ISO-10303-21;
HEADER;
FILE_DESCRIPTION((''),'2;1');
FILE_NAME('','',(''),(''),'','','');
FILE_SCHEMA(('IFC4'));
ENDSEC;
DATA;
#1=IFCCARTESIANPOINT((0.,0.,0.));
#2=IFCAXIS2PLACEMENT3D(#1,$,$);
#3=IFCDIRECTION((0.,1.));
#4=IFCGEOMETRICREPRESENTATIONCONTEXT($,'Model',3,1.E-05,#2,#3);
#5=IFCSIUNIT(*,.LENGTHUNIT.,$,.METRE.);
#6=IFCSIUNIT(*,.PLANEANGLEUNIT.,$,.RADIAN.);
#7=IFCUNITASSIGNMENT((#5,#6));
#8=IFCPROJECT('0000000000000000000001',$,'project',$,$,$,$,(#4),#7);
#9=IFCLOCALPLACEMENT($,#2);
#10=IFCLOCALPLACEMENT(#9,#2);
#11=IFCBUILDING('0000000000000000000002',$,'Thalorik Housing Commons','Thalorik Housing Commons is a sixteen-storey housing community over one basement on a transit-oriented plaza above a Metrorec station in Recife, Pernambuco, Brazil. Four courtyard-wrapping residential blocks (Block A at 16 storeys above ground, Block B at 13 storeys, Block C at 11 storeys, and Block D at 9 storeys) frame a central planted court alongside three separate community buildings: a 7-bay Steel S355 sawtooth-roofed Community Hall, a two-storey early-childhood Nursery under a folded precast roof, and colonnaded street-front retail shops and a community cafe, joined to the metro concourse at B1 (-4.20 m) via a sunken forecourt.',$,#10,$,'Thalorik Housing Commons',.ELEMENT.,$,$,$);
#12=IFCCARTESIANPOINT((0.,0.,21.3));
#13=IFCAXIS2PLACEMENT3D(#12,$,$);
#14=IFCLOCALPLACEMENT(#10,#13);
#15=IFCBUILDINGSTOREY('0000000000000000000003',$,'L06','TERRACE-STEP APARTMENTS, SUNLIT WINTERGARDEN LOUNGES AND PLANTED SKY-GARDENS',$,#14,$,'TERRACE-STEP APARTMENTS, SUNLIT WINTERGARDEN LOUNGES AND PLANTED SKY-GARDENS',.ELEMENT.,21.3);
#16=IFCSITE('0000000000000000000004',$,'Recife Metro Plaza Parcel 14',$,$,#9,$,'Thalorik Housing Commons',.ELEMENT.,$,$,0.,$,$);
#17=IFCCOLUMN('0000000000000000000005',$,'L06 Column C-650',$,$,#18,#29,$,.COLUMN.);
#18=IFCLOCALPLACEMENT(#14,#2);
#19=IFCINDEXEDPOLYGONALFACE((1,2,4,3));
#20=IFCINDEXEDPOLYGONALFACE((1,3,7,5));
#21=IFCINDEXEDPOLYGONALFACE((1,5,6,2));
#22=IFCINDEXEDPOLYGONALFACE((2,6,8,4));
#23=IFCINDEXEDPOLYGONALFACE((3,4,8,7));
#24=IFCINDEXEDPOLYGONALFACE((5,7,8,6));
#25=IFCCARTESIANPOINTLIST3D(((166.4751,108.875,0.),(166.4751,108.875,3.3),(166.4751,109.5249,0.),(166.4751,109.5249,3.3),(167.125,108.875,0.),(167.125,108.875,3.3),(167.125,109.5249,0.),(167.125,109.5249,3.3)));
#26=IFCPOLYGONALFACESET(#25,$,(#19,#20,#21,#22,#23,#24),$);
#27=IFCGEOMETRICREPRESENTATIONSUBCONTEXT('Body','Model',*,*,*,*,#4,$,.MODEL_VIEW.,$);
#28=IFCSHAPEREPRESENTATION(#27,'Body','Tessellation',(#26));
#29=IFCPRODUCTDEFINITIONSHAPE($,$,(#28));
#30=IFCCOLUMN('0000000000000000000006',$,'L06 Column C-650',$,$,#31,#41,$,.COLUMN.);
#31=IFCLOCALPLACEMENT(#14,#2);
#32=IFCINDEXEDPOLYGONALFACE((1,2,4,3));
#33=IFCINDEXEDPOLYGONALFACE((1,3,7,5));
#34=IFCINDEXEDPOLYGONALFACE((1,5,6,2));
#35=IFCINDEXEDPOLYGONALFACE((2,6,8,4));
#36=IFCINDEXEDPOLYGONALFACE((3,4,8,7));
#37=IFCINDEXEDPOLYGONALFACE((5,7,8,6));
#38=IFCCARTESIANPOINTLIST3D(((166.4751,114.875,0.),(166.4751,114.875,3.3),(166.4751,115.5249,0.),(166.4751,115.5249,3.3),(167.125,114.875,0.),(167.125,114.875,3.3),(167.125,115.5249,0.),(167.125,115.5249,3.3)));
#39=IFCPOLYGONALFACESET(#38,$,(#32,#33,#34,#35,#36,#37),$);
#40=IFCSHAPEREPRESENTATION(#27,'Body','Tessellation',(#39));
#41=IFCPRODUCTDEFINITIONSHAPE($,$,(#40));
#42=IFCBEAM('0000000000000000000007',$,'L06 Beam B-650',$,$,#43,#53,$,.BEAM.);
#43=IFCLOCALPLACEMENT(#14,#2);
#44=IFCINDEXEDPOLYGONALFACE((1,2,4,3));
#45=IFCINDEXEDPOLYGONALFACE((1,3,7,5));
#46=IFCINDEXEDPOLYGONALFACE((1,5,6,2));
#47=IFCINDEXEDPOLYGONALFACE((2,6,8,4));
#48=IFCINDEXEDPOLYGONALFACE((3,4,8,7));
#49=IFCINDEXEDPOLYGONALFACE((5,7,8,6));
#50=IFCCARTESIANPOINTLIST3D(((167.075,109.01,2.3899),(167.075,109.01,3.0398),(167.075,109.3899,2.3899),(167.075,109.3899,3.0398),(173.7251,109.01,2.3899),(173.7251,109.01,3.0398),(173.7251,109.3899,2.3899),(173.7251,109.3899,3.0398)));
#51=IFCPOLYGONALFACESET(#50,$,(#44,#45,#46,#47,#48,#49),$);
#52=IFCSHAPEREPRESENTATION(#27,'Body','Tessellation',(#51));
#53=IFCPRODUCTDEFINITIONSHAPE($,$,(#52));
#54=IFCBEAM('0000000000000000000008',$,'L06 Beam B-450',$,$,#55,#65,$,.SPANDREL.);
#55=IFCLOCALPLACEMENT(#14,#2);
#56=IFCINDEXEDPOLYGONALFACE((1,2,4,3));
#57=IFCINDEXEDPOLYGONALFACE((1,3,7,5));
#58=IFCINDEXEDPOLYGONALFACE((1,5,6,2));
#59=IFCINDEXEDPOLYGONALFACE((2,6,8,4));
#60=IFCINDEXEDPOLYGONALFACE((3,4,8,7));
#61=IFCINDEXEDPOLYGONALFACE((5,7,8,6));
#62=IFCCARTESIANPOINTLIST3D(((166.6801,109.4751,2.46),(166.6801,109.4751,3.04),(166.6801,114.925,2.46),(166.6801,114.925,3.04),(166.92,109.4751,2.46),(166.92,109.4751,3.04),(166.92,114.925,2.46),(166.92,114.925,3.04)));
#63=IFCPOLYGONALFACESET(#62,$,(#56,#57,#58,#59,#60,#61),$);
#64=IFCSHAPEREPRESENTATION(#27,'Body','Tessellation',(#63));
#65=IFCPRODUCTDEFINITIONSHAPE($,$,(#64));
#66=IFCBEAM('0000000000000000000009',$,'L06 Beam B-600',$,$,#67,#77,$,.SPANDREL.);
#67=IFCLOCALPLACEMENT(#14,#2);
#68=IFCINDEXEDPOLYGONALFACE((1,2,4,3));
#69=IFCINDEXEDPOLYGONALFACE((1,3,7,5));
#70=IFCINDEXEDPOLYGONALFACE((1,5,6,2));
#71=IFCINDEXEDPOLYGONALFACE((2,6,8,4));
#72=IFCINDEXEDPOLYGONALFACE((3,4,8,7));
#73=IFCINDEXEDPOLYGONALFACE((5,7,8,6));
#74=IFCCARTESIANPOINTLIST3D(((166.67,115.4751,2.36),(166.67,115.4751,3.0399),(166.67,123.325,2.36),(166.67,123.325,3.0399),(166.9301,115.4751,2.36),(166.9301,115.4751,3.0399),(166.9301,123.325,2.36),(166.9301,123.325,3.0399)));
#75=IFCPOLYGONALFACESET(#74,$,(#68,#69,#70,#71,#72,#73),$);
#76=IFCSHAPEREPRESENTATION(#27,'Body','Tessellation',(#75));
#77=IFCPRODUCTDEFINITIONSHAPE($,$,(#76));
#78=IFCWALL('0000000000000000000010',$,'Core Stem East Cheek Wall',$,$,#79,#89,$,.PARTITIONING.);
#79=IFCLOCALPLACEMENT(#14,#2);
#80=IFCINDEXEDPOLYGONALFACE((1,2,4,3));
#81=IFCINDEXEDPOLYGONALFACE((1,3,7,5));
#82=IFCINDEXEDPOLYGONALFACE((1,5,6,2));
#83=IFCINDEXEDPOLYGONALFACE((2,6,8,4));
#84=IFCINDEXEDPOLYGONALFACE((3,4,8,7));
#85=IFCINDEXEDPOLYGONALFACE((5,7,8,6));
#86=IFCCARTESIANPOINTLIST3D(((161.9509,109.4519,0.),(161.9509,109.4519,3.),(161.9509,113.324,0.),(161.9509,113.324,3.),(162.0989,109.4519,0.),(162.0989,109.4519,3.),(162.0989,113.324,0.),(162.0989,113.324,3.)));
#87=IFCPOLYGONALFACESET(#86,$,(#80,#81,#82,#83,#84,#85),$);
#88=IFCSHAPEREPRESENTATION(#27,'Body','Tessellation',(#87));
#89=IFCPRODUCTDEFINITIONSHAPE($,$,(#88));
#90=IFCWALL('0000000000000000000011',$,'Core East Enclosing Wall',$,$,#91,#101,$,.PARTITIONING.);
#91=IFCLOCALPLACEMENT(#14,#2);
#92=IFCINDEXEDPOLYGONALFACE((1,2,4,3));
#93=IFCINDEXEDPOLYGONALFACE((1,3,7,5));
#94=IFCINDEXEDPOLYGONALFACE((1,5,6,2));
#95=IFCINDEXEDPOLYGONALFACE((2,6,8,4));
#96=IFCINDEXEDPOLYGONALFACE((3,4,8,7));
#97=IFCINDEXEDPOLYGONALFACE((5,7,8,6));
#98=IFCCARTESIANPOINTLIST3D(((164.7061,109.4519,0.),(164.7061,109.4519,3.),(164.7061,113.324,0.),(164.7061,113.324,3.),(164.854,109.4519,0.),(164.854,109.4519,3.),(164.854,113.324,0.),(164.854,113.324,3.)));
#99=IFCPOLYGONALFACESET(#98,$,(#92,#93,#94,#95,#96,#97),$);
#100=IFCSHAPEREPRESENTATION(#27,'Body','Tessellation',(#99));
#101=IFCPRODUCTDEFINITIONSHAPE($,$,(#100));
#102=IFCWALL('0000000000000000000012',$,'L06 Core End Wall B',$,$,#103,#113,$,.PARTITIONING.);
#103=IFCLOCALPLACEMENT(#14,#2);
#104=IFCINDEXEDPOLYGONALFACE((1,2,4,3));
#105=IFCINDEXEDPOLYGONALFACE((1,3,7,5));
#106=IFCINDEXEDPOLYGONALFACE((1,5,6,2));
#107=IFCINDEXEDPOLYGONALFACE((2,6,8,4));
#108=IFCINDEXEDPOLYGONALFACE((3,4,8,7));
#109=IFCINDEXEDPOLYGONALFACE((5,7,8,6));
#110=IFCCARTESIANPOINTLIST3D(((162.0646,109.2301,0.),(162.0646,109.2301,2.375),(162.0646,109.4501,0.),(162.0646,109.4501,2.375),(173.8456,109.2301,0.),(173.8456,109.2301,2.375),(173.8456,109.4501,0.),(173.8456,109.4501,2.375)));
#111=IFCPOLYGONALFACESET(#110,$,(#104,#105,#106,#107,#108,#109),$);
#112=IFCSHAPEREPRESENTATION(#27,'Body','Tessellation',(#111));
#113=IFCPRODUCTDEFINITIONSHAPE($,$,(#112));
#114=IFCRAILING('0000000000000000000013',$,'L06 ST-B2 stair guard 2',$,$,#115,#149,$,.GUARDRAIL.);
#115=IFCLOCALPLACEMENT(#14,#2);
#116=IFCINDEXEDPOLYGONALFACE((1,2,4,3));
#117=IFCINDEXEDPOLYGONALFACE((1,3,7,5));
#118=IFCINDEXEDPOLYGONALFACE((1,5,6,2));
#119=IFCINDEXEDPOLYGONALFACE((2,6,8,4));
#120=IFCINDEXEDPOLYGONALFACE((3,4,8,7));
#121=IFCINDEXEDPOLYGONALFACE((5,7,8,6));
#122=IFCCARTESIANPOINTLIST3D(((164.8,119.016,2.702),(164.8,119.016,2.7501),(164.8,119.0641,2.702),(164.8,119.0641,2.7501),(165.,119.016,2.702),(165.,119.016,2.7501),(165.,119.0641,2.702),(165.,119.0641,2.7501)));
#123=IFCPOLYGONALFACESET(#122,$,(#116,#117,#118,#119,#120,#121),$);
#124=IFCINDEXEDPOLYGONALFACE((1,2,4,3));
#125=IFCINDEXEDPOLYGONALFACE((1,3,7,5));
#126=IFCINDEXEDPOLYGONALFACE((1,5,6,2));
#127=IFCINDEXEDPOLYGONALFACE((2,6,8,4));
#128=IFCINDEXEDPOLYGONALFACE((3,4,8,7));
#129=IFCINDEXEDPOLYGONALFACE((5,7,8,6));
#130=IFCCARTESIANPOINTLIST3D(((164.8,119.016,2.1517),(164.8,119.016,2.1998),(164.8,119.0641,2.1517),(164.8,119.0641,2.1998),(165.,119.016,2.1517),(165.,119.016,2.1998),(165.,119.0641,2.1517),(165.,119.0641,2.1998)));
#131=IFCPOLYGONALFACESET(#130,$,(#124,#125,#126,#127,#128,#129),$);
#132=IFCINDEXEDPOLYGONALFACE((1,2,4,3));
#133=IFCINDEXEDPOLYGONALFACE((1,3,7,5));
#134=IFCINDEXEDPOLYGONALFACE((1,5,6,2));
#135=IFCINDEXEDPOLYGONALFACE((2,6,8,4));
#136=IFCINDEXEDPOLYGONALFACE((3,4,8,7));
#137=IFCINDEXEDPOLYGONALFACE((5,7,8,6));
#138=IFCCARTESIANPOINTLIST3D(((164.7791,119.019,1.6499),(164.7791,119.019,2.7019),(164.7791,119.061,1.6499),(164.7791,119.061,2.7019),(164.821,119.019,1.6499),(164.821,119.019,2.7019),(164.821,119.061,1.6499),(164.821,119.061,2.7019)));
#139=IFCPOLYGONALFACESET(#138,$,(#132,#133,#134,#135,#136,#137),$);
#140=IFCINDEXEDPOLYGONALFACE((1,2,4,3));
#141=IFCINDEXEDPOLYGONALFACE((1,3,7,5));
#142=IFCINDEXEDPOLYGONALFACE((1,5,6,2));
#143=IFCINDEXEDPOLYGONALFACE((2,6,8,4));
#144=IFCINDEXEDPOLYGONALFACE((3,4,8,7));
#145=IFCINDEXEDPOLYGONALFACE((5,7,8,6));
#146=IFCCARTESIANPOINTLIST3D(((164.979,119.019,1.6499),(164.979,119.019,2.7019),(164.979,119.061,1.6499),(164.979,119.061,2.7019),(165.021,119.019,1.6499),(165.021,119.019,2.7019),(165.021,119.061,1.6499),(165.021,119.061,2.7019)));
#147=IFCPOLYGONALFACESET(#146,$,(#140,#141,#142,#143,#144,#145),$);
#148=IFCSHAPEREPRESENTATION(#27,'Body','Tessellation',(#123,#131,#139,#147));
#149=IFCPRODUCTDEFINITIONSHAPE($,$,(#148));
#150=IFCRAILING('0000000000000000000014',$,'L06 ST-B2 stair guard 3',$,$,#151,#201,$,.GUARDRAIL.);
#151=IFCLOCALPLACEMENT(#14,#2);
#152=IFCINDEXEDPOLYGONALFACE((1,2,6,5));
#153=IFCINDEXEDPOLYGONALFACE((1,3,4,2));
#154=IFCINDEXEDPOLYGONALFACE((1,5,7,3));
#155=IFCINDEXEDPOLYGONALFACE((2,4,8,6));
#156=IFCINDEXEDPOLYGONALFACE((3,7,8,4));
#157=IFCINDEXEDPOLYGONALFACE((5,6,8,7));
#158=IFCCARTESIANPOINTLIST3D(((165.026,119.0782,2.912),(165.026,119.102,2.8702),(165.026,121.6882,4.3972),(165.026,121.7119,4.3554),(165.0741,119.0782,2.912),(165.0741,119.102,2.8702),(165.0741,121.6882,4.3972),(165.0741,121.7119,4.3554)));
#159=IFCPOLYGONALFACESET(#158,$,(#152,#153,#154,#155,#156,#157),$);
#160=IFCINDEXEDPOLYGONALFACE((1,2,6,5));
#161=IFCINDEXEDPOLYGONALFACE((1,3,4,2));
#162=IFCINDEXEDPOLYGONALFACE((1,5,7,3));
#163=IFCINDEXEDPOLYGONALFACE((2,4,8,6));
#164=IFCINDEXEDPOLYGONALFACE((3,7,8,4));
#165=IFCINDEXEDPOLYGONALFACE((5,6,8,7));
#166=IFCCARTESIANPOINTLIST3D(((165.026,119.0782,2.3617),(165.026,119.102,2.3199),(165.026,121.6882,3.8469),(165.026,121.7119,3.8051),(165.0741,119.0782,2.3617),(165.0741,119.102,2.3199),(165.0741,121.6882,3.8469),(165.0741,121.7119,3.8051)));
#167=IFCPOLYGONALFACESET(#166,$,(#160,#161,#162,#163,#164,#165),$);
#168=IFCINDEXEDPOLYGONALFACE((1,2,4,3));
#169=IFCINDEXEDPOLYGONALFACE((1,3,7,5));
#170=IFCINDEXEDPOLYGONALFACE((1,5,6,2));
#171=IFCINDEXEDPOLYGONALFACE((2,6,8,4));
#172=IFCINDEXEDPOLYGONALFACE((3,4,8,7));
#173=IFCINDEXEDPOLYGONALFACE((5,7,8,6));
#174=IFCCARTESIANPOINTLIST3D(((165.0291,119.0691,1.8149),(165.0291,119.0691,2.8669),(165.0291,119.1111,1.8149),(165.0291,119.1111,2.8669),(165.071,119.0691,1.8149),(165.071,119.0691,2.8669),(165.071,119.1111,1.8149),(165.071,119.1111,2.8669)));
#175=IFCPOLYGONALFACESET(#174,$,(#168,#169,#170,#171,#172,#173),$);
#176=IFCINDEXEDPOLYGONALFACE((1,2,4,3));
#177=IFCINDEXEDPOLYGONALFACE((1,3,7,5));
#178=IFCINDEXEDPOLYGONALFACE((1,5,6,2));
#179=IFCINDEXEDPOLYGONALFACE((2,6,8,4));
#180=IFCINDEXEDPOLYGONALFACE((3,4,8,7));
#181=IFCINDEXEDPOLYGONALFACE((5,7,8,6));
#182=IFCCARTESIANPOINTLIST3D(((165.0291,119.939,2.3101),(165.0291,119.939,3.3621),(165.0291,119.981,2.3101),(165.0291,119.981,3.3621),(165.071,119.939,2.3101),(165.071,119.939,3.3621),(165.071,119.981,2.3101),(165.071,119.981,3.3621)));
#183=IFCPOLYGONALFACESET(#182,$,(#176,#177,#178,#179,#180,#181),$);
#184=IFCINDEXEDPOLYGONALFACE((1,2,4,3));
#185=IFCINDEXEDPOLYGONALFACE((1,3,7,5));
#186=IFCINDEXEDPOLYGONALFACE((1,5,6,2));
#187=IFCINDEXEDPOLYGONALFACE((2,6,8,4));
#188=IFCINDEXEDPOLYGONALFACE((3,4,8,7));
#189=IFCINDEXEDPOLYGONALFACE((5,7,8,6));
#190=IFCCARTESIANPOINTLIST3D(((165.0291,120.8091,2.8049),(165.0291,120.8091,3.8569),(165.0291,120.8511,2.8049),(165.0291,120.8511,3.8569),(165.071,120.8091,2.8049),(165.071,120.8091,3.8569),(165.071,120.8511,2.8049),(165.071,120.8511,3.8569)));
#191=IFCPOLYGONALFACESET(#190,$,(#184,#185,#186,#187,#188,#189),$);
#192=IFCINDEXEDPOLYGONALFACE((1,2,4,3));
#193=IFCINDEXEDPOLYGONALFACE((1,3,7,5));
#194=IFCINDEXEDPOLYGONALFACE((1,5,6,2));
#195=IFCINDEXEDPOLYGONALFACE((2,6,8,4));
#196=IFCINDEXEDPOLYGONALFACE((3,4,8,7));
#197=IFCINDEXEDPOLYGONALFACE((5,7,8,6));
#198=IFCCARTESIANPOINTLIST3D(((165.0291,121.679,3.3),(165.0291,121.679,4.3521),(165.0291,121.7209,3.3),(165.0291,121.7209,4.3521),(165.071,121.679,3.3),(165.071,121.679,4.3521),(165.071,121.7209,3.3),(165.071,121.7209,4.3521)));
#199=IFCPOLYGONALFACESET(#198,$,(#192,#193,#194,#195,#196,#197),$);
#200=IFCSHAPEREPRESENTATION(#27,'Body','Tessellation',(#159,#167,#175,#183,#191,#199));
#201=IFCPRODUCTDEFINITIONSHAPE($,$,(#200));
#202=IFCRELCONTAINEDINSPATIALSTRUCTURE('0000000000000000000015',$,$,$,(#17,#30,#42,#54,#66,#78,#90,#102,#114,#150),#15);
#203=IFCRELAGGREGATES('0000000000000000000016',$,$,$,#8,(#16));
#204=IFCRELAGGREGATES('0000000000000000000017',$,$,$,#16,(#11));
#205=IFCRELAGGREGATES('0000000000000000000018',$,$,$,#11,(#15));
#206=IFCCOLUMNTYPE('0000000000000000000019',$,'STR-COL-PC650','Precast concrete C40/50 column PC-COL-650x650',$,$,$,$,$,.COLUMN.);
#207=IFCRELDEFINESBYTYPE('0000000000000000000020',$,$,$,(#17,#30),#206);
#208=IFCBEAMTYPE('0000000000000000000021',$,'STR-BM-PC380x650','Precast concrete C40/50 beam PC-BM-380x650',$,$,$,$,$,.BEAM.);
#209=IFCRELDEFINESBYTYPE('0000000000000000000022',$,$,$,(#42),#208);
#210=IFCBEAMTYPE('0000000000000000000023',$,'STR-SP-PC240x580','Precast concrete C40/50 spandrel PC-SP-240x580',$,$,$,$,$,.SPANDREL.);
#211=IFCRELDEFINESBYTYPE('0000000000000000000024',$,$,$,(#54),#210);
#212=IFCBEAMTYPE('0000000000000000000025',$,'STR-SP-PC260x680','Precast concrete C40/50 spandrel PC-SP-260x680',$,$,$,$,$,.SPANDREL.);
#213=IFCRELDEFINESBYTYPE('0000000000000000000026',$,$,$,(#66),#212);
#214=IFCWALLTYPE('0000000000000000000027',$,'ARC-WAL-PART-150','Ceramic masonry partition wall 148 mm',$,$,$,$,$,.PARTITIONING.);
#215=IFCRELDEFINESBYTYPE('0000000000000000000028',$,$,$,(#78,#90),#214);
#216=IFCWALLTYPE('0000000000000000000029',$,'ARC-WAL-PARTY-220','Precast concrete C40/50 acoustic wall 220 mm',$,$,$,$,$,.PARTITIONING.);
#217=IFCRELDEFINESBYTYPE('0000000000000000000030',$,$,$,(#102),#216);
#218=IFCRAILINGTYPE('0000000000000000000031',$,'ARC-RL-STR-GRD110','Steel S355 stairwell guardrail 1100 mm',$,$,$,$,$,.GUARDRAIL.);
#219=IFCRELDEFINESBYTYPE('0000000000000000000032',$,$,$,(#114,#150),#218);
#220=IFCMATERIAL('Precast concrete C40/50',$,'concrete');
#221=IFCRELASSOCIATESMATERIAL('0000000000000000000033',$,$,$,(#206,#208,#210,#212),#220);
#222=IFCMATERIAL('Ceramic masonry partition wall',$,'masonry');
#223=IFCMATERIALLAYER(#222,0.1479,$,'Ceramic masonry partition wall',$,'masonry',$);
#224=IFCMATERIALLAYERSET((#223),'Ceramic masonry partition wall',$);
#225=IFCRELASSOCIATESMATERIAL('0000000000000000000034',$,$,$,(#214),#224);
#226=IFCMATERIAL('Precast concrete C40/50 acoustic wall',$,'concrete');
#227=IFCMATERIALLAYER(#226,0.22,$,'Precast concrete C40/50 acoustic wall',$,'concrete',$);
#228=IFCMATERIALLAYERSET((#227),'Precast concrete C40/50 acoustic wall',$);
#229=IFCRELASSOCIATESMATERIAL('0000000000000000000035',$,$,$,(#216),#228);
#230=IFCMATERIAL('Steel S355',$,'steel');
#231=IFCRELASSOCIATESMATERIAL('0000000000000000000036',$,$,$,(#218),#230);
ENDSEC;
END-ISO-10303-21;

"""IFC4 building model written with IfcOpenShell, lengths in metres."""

from ifc_helpers import new_model, si_unit, direction, frame, frame_2d, origin, origin_2d, place, context, subcontext, project, spatial, rectangle, extrude, material, layer, layer_set, material_profile, profile_set, type_object, element, save


model = new_model("IFC4")

# Units and contexts
model_context = context("Model", 3, precision=1e-05, world=origin(), true_north=direction((0.0, 1.0)))
body_context = subcontext(model_context, "Body", "Model", "MODEL_VIEW")
ifc_project = project(units=[si_unit("LENGTHUNIT", "METRE"), si_unit("PLANEANGLEUNIT", "RADIAN")], contexts=[model_context])

# Site, building, storey
site_placement = place(None, origin())
site = spatial("IfcSite", under=ifc_project, at=site_placement, Name="Recife Metro Plaza Parcel 14", LongName="Thalorik Housing Commons", CompositionType="ELEMENT", RefElevation=0.0)
building_placement = place(site_placement, origin())
building = spatial("IfcBuilding", under=site, at=building_placement, Name="Thalorik Housing Commons", Description="Thalorik Housing Commons is a sixteen-storey housing community over one basement on a transit-oriented plaza above a Metrorec station in Recife, Pernambuco, Brazil. Four courtyard-wrapping residential blocks (Block A at 16 storeys above ground, Block B at 13 storeys, Block C at 11 storeys, and Block D at 9 storeys) frame a central planted court alongside three separate community buildings: a 7-bay Steel S355 sawtooth-roofed Community Hall, a two-storey early-childhood Nursery under a folded precast roof, and colonnaded street-front retail shops and a community cafe, joined to the metro concourse at B1 (-4.20 m) via a sunken forecourt.", LongName="Thalorik Housing Commons", CompositionType="ELEMENT")
storey_placement = place(building_placement, frame((0.0, 0.0, 21.3)))
storey = spatial("IfcBuildingStorey", under=building, at=storey_placement, Name="L06", Description="TERRACE-STEP APARTMENTS, SUNLIT WINTERGARDEN LOUNGES AND PLANTED SKY-GARDENS", LongName="TERRACE-STEP APARTMENTS, SUNLIT WINTERGARDEN LOUNGES AND PLANTED SKY-GARDENS", CompositionType="ELEMENT", Elevation=21.3)

# Columns
ifc_material_1 = material(Name="Precast concrete C40/50", Category="concrete")
ifc_material_profile_1 = material_profile(ifc_material_1, rectangle(XDim=0.6499, YDim=0.6499, at=origin_2d()), Name="PC 650x650", Category="concrete")
ifc_profile_set_1 = profile_set([ifc_material_profile_1], Name="Precast concrete C40/50")
column_type = type_object("IfcColumnType", Name="STR-COL-PC650", Description="Precast concrete C40/50 column PC-COL-650x650", PredefinedType="COLUMN", material=ifc_profile_set_1)
for number, where, z_axis, x_axis, name in (
    (1, (166.8, 109.2, 0.0), (0.0, 0.0, 1.0), (1.0, 0.0, 0.0), "L06 Column C-650"),
    (2, (166.8, 115.2, 0.0), (0.0, 0.0, 1.0), (1.0, 0.0, 0.0), "L06 Column C-650"),
):
    element("IfcColumn", number, at=place(storey_placement, frame(where, z_axis=z_axis, x_axis=x_axis)), inside=storey, type_object=column_type, Name=name, PredefinedType="COLUMN", context=body_context, shape_type="SweptSolid", body=[
        extrude(rectangle(XDim=0.6499, YDim=0.6499, at=origin_2d()), origin(), (0.0, 0.0, 1.0), 3.3),
    ])

# Beams
ifc_material_profile_2 = material_profile(ifc_material_1, rectangle(XDim=0.3799, YDim=0.6499, at=origin_2d()), Name="PC 380x650", Category="concrete")
ifc_profile_set_2 = profile_set([ifc_material_profile_2], Name="Precast concrete C40/50")
beam_type_1 = type_object("IfcBeamType", Name="STR-BM-PC380x650", Description="Precast concrete C40/50 beam PC-BM-380x650", PredefinedType="BEAM", material=ifc_profile_set_2)
beam_1_placement = place(storey_placement, frame((167.075, 109.2, 2.7148), z_axis=(1.0, 0.0, 0.0), x_axis=(0.0, 1.0, 0.0)))
element("IfcBeam", 3, at=beam_1_placement, inside=storey, type_object=beam_type_1, Name="L06 Beam B-650", PredefinedType="BEAM", context=body_context, shape_type="SweptSolid", body=[
    extrude(rectangle(XDim=0.3799, YDim=0.6499, at=origin_2d()), origin(), (0.0, 0.0, 1.0), 6.6501),
])
ifc_material_profile_3 = material_profile(ifc_material_1, rectangle(XDim=0.24, YDim=0.5801, at=origin_2d()), Name="PC SP 240x580", Category="concrete")
ifc_profile_set_3 = profile_set([ifc_material_profile_3], Name="Precast concrete C40/50")
beam_type_2 = type_object("IfcBeamType", Name="STR-SP-PC240x580", Description="Precast concrete C40/50 spandrel PC-SP-240x580", PredefinedType="SPANDREL", material=ifc_profile_set_3)
beam_2_placement = place(storey_placement, frame((166.8, 109.4751, 2.75), z_axis=(0.0, 1.0, 0.0), x_axis=(-1.0, 0.0, 0.0)))
element("IfcBeam", 4, at=beam_2_placement, inside=storey, type_object=beam_type_2, Name="L06 Beam B-450", PredefinedType="SPANDREL", context=body_context, shape_type="SweptSolid", body=[
    extrude(rectangle(XDim=0.24, YDim=0.5801, at=origin_2d()), origin(), (0.0, 0.0, 1.0), 5.45),
])
ifc_material_profile_4 = material_profile(ifc_material_1, rectangle(XDim=0.26, YDim=0.6799, at=origin_2d()), Name="PC SP 260x680", Category="concrete")
ifc_profile_set_4 = profile_set([ifc_material_profile_4], Name="Precast concrete C40/50")
beam_type_3 = type_object("IfcBeamType", Name="STR-SP-PC260x680", Description="Precast concrete C40/50 spandrel PC-SP-260x680", PredefinedType="SPANDREL", material=ifc_profile_set_4)
beam_3_placement = place(storey_placement, frame((166.8, 115.4751, 2.7), z_axis=(0.0, 1.0, 0.0), x_axis=(-1.0, 0.0, 0.0)))
element("IfcBeam", 5, at=beam_3_placement, inside=storey, type_object=beam_type_3, Name="L06 Beam B-600", PredefinedType="SPANDREL", context=body_context, shape_type="SweptSolid", body=[
    extrude(rectangle(XDim=0.26, YDim=0.6799, at=origin_2d()), origin(), (0.0, 0.0, 1.0), 7.8499),
])

# Shared definitions
ifc_material_2 = material(Name="Steel S355", Category="steel")

# Walls
ifc_material_3 = material(Name="Ceramic masonry partition wall", Category="masonry")
ifc_layer_1 = layer(ifc_material_3, 0.1479, Name="Ceramic masonry partition wall", Category="masonry")
ifc_layer_set_1 = layer_set([ifc_layer_1], Name="Ceramic masonry partition wall")
wall_type_1 = type_object("IfcWallType", Name="ARC-WAL-PART-150", Description="Ceramic masonry partition wall 148 mm", PredefinedType="PARTITIONING", material=ifc_layer_set_1)
for number, where, z_axis, x_axis, name in (
    (6, (162.0249, 113.324, 0.0), (0.0, 0.0, 1.0), (0.0, -1.0, 0.0), "Core Stem East Cheek Wall"),
    (7, (164.78, 113.324, 0.0), (0.0, 0.0, 1.0), (0.0, -1.0, 0.0), "Core East Enclosing Wall"),
):
    element("IfcWall", number, at=place(storey_placement, frame(where, z_axis=z_axis, x_axis=x_axis)), inside=storey, type_object=wall_type_1, Name=name, PredefinedType="PARTITIONING", context=body_context, shape_type="SweptSolid", body=[
        extrude(rectangle(XDim=3.8721, YDim=0.1479, at=frame_2d((1.936, 0.0))), origin(), (0.0, 0.0, 1.0), 3.0),
    ])

# Wall
ifc_material_4 = material(Name="Precast concrete C40/50 acoustic wall", Category="concrete")
ifc_layer_2 = layer(ifc_material_4, 0.22, Name="Precast concrete C40/50 acoustic wall", Category="concrete")
ifc_layer_set_2 = layer_set([ifc_layer_2], Name="Precast concrete C40/50 acoustic wall")
wall_type_2 = type_object("IfcWallType", Name="ARC-WAL-PARTY-220", Description="Precast concrete C40/50 acoustic wall 220 mm", PredefinedType="PARTITIONING", material=ifc_layer_set_2)
wall_1_placement = place(storey_placement, frame((162.0645, 109.3401, 0.0), z_axis=(0.0, 0.0, 1.0), x_axis=(1.0, 0.0, 0.0)))
element("IfcWall", 8, at=wall_1_placement, inside=storey, type_object=wall_type_2, Name="L06 Core End Wall B", PredefinedType="PARTITIONING", context=body_context, shape_type="SweptSolid", body=[
    extrude(rectangle(XDim=11.781, YDim=0.22, at=frame_2d((5.8906, 0.0))), origin(), (0.0, 0.0, 1.0), 2.375),
])

# Railings
railing_type = type_object("IfcRailingType", Name="ARC-RL-STR-GRD110", Description="Steel S355 stairwell guardrail 1100 mm", PredefinedType="GUARDRAIL", material=ifc_material_2)
railing_1_placement = place(storey_placement, frame((164.8, 119.04, 1.6499)))
element("IfcRailing", 9, at=railing_1_placement, inside=storey, type_object=railing_type, Name="L06 ST-B2 stair guard 2", PredefinedType="GUARDRAIL", context=body_context, shape_type="SweptSolid", body=[
    extrude(rectangle(XDim=0.0481, YDim=0.0481, at=origin_2d()), frame((0.0, 0.0, 1.0762), z_axis=(1.0, 0.0, 0.0), x_axis=(0.0, 1.0, 0.0)), (0.0, 0.0, 1.0), 0.2),
    extrude(rectangle(XDim=0.0481, YDim=0.0481, at=origin_2d()), frame((0.0, 0.0, 0.5259), z_axis=(1.0, 0.0, 0.0), x_axis=(0.0, 1.0, 0.0)), (0.0, 0.0, 1.0), 0.2),
    extrude(rectangle(XDim=0.042, YDim=0.042, at=origin_2d()), origin(), (0.0, 0.0, 1.0), 1.052),
    extrude(rectangle(XDim=0.042, YDim=0.042, at=origin_2d()), frame((0.2, 0.0, 0.0)), (0.0, 0.0, 1.0), 1.052),
])
railing_2_placement = place(storey_placement, frame((165.05, 119.0901, 1.8149)))
element("IfcRailing", 10, at=railing_2_placement, inside=storey, type_object=railing_type, Name="L06 ST-B2 stair guard 3", PredefinedType="GUARDRAIL", context=body_context, shape_type="SweptSolid", body=[
    extrude(rectangle(XDim=0.0481, YDim=0.0481, at=origin_2d()), frame((0.0, 0.0, 1.0762), z_axis=(0.0, 0.869137, 0.494571), x_axis=(-1.0, 0.0, 0.0)), (0.0, 0.0, 1.0), 3.0029),
    extrude(rectangle(XDim=0.0481, YDim=0.0481, at=origin_2d()), frame((0.0, 0.0, 0.5259), z_axis=(0.0, 0.869137, 0.494571), x_axis=(-1.0, 0.0, 0.0)), (0.0, 0.0, 1.0), 3.0029),
    extrude(rectangle(XDim=0.042, YDim=0.042, at=origin_2d()), origin(), (0.0, 0.0, 1.0), 1.052),
    extrude(rectangle(XDim=0.042, YDim=0.042, at=origin_2d()), frame((0.0, 0.8699, 0.4951)), (0.0, 0.0, 1.0), 1.052),
    extrude(rectangle(XDim=0.042, YDim=0.042, at=origin_2d()), frame((0.0, 1.74, 0.99)), (0.0, 0.0, 1.0), 1.052),
    extrude(rectangle(XDim=0.042, YDim=0.042, at=origin_2d()), frame((0.0, 2.6099, 1.4851)), (0.0, 0.0, 1.0), 1.052),
])

save(model, "model.ifc")
